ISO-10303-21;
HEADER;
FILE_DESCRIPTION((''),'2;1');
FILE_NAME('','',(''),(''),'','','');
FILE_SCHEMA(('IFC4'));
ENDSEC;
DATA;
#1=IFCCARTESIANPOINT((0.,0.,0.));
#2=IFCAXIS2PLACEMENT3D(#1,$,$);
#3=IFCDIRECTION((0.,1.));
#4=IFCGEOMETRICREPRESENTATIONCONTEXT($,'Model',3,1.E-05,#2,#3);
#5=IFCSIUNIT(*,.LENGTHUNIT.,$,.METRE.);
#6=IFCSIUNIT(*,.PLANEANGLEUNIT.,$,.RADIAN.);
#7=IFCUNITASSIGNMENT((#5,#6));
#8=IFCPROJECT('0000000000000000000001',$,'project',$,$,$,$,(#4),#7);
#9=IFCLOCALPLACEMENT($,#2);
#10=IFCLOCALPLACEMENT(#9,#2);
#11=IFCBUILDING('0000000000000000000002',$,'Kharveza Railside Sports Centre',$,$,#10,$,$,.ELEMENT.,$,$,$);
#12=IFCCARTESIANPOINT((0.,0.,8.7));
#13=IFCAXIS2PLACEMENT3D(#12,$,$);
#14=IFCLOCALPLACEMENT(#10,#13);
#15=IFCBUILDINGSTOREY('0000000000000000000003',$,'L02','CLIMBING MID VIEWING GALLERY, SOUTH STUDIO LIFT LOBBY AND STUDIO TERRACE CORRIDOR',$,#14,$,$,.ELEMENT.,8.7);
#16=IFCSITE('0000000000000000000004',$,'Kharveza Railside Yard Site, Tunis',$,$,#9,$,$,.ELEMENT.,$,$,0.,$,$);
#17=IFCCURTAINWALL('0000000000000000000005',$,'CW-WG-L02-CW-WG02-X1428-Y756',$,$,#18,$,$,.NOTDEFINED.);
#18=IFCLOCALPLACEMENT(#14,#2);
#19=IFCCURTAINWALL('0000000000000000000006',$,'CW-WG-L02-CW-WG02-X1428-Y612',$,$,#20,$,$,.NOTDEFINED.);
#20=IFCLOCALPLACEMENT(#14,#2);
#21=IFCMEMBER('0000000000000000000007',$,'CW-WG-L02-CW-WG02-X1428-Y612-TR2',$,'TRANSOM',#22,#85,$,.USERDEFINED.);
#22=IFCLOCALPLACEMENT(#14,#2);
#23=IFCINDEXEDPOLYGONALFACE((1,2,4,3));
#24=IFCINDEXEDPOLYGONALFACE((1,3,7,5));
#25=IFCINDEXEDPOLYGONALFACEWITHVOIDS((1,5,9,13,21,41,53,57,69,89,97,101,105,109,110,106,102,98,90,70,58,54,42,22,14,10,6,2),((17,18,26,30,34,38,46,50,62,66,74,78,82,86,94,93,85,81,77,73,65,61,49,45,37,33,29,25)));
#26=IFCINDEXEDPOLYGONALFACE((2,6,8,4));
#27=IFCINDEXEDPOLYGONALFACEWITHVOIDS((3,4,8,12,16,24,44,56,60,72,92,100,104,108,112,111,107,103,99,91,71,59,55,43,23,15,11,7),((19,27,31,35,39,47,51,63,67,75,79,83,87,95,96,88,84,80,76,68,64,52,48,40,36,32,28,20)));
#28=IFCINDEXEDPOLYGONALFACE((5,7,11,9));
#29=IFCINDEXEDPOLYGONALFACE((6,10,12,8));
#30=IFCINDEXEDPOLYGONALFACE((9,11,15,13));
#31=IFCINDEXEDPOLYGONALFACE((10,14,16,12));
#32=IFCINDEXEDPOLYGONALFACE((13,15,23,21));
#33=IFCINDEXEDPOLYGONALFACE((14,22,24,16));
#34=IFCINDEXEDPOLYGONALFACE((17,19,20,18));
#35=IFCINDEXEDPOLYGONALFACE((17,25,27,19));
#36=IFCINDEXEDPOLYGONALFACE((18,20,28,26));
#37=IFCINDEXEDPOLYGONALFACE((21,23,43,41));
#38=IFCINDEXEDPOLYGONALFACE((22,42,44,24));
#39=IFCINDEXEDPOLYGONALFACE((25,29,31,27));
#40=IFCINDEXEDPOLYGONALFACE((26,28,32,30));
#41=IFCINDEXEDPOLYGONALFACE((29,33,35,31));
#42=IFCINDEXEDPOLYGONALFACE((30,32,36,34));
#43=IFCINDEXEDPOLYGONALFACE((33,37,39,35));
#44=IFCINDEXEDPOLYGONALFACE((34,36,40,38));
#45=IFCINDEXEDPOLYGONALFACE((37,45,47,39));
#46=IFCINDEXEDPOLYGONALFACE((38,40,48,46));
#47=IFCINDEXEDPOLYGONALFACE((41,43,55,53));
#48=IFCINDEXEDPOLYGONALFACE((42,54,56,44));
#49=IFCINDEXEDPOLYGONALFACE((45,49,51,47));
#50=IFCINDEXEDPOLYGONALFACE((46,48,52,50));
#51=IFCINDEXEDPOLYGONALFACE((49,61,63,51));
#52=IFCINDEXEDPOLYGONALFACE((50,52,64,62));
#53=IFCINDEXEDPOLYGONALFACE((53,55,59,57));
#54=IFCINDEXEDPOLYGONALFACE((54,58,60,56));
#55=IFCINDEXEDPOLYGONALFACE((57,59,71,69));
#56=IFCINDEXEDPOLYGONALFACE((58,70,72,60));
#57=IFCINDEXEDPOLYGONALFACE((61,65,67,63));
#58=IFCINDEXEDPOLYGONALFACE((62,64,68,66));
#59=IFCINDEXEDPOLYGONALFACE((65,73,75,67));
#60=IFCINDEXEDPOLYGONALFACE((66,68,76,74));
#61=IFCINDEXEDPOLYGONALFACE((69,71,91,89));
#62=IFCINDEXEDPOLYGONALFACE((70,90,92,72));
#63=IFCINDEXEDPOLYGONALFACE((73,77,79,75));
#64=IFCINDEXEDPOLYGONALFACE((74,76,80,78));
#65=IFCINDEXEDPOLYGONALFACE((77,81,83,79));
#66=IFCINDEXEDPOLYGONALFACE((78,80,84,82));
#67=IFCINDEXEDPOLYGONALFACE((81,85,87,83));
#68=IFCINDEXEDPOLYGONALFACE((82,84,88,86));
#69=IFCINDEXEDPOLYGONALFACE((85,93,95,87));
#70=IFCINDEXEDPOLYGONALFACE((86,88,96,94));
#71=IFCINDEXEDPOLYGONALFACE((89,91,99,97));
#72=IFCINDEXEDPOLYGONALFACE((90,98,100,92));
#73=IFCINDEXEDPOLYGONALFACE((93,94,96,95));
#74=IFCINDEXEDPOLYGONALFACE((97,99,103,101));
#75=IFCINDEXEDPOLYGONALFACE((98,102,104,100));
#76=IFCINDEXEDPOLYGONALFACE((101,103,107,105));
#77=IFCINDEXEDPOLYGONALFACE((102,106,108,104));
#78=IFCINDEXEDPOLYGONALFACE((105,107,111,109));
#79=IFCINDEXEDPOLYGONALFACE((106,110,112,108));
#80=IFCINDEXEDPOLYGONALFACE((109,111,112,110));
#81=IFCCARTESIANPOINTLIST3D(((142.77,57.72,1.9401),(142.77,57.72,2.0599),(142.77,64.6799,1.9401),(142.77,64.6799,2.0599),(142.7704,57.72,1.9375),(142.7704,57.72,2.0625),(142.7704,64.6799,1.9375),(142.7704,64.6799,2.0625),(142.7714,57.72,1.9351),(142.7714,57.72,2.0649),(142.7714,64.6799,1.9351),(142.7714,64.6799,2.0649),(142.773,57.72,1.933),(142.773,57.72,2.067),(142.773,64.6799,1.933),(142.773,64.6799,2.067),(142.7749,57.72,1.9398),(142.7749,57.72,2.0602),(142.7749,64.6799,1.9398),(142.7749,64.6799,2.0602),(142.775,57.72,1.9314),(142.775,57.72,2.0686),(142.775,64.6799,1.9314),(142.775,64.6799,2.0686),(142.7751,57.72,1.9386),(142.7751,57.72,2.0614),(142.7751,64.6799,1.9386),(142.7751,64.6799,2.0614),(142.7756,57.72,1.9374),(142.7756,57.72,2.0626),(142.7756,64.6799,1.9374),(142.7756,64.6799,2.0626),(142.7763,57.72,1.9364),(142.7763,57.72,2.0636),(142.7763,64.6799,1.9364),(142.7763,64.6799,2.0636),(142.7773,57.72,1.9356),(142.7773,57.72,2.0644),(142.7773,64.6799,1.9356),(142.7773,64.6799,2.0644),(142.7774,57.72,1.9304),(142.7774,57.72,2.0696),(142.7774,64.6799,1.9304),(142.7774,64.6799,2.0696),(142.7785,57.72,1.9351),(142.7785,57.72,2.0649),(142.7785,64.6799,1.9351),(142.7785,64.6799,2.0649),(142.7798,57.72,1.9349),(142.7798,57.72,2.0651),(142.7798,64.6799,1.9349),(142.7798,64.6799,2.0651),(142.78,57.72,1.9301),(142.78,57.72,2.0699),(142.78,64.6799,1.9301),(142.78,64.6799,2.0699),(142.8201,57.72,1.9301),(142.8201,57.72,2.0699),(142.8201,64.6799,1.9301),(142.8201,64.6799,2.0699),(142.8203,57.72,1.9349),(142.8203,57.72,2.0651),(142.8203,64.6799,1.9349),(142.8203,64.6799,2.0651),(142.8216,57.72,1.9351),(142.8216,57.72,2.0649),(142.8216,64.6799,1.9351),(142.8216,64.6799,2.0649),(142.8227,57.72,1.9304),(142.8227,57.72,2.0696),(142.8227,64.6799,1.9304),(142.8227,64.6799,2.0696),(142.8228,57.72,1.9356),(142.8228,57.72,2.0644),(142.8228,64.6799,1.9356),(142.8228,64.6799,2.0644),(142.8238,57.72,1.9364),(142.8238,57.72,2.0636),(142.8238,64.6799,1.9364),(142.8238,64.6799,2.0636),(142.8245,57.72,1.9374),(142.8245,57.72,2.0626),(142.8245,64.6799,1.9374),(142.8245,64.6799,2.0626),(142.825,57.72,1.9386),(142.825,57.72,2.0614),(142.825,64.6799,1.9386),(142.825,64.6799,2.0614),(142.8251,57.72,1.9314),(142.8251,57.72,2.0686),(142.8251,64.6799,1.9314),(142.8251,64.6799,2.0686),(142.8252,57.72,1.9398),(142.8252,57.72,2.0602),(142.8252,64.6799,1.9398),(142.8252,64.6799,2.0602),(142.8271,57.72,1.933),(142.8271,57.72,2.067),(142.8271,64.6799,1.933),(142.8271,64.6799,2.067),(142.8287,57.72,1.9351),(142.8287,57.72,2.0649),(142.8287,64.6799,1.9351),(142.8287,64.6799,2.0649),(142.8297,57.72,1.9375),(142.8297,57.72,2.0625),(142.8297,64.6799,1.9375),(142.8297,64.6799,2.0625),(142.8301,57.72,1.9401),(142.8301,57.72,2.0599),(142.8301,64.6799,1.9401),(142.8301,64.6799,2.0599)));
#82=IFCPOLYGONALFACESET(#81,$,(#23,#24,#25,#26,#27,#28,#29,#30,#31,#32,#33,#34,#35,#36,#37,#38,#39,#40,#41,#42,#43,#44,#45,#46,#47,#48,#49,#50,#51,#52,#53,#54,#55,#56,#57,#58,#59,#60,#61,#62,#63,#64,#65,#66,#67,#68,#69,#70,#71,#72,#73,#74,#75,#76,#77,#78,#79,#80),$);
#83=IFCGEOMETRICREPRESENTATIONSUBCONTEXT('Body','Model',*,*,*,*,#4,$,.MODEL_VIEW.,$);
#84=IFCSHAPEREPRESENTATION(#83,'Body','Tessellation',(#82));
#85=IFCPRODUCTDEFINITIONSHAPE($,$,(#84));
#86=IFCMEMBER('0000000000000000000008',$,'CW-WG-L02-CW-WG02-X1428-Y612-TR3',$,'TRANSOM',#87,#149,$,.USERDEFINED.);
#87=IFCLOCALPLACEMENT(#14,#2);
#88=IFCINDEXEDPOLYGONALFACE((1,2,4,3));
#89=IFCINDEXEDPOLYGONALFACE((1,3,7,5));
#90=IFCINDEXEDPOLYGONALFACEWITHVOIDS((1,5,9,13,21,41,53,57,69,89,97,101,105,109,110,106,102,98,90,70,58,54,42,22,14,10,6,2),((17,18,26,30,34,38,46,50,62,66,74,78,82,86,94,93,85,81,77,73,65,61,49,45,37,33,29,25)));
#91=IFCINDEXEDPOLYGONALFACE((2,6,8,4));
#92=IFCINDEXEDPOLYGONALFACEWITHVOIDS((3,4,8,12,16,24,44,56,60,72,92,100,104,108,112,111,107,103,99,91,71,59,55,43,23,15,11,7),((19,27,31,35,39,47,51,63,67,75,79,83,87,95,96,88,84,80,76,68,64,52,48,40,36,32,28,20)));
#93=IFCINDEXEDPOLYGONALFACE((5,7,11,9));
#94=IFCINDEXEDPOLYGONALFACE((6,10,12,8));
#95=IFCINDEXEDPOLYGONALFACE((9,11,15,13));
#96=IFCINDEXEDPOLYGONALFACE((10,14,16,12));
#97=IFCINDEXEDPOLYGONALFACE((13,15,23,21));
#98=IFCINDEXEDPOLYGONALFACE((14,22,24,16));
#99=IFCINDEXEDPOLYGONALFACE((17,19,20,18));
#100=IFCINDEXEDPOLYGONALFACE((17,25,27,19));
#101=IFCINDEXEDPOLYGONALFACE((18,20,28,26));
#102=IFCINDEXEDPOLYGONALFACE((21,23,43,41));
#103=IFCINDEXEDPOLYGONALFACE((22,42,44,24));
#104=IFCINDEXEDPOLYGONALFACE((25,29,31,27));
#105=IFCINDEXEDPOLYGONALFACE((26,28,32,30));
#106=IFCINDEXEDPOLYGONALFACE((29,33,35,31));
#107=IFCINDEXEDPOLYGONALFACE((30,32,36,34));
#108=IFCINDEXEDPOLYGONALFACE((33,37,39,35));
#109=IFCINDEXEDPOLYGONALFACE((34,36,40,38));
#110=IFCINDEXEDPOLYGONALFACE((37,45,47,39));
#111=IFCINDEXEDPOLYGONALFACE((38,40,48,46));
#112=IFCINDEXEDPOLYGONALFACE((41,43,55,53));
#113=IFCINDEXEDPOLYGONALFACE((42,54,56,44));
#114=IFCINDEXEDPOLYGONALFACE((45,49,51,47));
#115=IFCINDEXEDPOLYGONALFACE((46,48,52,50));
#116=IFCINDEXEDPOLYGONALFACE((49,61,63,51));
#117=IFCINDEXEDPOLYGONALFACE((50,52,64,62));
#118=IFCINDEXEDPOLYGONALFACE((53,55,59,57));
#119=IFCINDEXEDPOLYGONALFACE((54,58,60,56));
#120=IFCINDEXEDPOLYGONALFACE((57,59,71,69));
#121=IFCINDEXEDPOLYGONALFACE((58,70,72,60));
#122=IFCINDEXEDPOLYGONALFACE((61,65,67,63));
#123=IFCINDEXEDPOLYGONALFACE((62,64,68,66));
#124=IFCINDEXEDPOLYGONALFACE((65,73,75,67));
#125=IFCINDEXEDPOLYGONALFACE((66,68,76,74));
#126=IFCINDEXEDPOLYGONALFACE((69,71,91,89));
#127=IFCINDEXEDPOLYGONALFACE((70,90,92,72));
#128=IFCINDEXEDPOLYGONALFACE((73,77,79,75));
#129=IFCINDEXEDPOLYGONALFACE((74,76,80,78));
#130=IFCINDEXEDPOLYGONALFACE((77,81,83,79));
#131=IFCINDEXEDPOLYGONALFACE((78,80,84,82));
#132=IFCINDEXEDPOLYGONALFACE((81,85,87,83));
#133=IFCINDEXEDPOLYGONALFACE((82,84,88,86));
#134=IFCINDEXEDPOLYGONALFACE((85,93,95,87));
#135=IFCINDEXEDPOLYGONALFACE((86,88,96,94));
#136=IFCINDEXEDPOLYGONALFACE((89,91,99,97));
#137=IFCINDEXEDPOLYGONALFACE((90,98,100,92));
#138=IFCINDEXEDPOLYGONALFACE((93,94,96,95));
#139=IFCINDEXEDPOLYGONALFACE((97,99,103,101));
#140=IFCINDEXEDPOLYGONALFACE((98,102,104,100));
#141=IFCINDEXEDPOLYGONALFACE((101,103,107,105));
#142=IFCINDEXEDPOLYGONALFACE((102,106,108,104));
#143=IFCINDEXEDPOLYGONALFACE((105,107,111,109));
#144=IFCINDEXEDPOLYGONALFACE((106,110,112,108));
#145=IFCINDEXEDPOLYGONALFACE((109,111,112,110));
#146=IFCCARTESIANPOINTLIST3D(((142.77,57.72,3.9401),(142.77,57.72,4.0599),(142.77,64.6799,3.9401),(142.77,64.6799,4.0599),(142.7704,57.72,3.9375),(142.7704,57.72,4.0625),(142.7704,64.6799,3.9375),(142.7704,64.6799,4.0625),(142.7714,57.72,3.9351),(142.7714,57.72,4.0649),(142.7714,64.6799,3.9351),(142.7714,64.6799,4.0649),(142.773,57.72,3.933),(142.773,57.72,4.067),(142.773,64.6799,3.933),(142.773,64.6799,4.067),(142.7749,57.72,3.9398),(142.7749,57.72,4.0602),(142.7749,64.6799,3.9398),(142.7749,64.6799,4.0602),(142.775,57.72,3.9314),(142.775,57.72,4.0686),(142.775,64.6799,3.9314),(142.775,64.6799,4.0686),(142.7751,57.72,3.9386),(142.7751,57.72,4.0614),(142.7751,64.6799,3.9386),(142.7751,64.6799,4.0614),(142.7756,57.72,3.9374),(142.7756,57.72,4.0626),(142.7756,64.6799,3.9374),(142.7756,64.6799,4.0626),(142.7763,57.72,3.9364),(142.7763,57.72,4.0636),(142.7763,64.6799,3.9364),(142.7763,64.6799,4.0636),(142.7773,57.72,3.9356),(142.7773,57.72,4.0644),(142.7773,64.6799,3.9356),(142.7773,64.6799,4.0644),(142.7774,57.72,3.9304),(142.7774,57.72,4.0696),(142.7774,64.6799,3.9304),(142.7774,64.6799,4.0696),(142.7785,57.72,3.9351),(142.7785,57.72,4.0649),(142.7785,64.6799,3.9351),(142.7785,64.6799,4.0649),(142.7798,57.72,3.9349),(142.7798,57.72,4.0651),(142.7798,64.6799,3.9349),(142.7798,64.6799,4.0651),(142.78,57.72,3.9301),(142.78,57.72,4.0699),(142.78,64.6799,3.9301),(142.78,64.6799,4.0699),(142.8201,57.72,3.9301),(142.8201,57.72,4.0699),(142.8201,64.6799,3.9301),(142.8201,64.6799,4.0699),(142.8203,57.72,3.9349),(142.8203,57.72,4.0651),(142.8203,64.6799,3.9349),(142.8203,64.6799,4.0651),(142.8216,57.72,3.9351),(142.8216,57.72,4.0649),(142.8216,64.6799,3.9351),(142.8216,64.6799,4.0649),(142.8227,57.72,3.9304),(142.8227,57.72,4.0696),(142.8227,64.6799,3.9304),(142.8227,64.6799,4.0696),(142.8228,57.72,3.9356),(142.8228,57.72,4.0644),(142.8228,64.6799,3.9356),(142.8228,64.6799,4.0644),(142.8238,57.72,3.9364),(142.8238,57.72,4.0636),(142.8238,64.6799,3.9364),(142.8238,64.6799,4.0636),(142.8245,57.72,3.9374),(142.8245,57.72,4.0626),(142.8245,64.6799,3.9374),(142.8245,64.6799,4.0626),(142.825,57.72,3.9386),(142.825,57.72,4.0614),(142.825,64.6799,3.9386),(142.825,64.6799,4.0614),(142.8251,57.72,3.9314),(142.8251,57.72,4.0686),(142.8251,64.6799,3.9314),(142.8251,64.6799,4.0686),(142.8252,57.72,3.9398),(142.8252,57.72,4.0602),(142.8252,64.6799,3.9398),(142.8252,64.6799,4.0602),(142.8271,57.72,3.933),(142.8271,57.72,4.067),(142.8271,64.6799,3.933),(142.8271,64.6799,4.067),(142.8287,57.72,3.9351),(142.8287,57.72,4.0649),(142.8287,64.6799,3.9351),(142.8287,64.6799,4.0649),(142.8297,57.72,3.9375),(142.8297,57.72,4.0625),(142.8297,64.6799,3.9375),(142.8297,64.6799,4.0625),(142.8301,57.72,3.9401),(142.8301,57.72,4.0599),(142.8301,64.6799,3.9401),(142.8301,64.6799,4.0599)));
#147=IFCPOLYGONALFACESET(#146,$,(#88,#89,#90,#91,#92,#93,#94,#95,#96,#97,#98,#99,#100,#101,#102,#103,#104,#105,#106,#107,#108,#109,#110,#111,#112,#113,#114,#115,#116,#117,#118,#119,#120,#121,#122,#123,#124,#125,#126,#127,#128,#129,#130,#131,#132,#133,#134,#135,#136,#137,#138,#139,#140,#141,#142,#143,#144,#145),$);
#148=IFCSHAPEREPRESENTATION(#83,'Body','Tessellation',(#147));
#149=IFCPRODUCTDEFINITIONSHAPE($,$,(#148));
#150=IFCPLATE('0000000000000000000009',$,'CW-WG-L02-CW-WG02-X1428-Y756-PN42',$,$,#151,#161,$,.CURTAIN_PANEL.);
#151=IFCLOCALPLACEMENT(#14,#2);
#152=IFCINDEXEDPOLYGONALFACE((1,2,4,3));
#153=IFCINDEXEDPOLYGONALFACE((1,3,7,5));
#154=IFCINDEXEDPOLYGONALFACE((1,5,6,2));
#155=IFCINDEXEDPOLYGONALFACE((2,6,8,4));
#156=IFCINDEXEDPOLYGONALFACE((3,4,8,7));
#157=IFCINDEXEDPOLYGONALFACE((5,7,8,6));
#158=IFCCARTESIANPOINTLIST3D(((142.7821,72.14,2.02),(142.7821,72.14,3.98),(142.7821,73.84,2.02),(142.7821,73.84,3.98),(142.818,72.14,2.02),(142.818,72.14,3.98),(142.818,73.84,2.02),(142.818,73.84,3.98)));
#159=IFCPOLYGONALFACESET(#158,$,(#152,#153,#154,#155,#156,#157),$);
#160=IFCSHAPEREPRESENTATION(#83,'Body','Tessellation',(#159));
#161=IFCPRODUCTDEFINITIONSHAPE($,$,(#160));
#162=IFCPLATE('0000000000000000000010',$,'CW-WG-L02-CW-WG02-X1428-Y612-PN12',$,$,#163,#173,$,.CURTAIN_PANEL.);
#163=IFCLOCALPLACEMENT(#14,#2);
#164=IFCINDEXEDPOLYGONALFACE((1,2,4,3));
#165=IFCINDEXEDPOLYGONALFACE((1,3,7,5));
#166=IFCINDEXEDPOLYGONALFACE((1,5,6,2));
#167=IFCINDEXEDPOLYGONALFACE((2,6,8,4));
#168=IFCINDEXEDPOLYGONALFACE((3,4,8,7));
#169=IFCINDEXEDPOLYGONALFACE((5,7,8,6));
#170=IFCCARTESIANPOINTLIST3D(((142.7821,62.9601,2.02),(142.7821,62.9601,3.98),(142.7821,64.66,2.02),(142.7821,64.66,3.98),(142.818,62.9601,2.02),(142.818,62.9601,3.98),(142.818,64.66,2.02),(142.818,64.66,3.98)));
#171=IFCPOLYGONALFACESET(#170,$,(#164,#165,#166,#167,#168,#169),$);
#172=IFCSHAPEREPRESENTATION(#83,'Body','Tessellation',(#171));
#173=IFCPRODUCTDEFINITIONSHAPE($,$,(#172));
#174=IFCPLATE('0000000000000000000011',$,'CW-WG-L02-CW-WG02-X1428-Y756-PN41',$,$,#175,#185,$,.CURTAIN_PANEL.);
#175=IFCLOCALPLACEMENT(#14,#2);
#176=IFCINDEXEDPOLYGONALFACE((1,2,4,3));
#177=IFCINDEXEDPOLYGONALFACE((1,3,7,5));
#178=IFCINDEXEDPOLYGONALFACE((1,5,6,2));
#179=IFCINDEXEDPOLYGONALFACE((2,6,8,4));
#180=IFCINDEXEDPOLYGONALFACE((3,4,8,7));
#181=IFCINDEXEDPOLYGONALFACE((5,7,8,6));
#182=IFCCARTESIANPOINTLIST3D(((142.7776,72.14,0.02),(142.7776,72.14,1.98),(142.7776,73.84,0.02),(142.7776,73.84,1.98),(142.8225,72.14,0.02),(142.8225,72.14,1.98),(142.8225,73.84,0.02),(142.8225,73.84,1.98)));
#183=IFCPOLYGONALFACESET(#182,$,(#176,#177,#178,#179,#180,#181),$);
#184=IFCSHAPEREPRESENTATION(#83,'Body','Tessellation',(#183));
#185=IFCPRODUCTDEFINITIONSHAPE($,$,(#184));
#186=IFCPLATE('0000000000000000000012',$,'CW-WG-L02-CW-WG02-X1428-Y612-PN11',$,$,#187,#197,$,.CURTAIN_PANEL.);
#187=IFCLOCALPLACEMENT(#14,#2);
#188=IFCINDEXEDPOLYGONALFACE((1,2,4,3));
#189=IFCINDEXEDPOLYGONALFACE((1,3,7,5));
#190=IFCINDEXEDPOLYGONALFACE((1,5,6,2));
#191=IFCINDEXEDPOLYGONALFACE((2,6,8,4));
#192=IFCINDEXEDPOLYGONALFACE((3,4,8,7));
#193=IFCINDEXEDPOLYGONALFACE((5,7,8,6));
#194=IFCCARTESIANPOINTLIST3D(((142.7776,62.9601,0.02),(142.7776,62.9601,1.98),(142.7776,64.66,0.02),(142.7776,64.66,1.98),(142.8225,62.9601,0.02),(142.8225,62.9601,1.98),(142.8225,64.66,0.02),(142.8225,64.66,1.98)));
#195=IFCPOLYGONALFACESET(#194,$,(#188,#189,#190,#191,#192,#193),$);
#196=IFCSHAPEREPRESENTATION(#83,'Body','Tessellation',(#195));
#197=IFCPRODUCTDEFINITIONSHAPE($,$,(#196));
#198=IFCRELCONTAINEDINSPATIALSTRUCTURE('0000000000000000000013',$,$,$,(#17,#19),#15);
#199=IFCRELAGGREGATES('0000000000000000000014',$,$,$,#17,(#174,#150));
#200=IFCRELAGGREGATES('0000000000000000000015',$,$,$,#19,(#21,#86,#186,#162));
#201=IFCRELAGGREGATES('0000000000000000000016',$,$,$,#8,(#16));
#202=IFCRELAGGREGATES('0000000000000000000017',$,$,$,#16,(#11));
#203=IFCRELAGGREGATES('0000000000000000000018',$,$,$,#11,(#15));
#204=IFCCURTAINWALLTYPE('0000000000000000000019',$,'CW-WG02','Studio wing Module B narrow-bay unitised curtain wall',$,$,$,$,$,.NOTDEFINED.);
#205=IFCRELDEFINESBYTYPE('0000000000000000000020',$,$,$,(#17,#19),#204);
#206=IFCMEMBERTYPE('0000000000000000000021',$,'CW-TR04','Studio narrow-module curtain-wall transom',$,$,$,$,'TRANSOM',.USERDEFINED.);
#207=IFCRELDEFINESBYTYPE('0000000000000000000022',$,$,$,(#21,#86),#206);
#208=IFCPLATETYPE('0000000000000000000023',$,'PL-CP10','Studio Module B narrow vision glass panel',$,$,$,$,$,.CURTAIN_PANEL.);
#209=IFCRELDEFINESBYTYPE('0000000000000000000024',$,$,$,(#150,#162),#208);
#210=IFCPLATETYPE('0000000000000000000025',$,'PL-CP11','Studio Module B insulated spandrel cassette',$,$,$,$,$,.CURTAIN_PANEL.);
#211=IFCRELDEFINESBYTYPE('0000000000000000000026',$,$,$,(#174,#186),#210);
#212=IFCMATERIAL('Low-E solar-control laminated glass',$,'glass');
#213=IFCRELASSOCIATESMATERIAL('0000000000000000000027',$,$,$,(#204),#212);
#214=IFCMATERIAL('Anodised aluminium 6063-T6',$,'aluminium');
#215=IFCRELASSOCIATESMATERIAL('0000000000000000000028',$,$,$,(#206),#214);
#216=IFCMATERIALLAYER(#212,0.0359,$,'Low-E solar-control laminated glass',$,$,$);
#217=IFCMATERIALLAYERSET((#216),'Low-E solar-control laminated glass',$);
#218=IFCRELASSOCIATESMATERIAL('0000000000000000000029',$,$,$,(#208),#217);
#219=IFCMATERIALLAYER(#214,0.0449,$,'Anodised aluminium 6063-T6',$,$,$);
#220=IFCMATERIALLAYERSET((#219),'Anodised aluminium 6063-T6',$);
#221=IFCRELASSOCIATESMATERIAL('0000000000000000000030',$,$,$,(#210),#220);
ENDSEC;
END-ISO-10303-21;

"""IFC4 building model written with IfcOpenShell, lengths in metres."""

from ifc_helpers import new_model, si_unit, direction, frame, origin, origin_2d, place, context, subcontext, project, spatial, rectangle, hollow_rectangle, extrude, material, layer, layer_set, material_profile, profile_set, type_object, element, aggregate, save


model = new_model("IFC4")

# Units and contexts
model_context = context("Model", 3, precision=1e-05, world=origin(), true_north=direction((0.0, 1.0)))
body_context = subcontext(model_context, "Body", "Model", "MODEL_VIEW")
ifc_project = project(units=[si_unit("LENGTHUNIT", "METRE"), si_unit("PLANEANGLEUNIT", "RADIAN")], contexts=[model_context])

# Site, building, storey
site_placement = place(None, origin())
site = spatial("IfcSite", under=ifc_project, at=site_placement, Name="Kharveza Railside Yard Site, Tunis", CompositionType="ELEMENT", RefElevation=0.0)
building_placement = place(site_placement, origin())
building = spatial("IfcBuilding", under=site, at=building_placement, Name="Kharveza Railside Sports Centre", CompositionType="ELEMENT")
storey_placement = place(building_placement, frame((0.0, 0.0, 8.7)))
storey = spatial("IfcBuildingStorey", under=building, at=storey_placement, Name="L02", Description="CLIMBING MID VIEWING GALLERY, SOUTH STUDIO LIFT LOBBY AND STUDIO TERRACE CORRIDOR", CompositionType="ELEMENT", Elevation=8.7)

# Curtain wall
ifc_material_1 = material(Name="Low-E solar-control laminated glass", Category="glass")
curtain_wall_type = type_object("IfcCurtainWallType", Name="CW-WG02", Description="Studio wing Module B narrow-bay unitised curtain wall", PredefinedType="NOTDEFINED", material=ifc_material_1)
curtain_wall_1_placement = place(storey_placement, origin())
curtain_wall_1 = element("IfcCurtainWall", 1, at=curtain_wall_1_placement, inside=storey, type_object=curtain_wall_type, Name="CW-WG-L02-CW-WG02-X1428-Y756", PredefinedType="NOTDEFINED")
ifc_material_2 = material(Name="Anodised aluminium 6063-T6", Category="aluminium")

# Curtain wall, members
curtain_wall_2_placement = place(storey_placement, origin())
curtain_wall_2 = element("IfcCurtainWall", 2, at=curtain_wall_2_placement, inside=storey, type_object=curtain_wall_type, Name="CW-WG-L02-CW-WG02-X1428-Y612", PredefinedType="NOTDEFINED")
ifc_material_profile_1 = material_profile(ifc_material_2, hollow_rectangle(XDim=0.0601, YDim=0.1399, WallThickness=0.0049, InnerFilletRadius=0.0049, OuterFilletRadius=0.01, at=origin_2d()), Name="RHS 60x140x5.0")
ifc_profile_set_1 = profile_set([ifc_material_profile_1], Name="Anodised aluminium 6063-T6")
member_type_1 = type_object("IfcMemberType", Name="CW-TR04", Description="Studio narrow-module curtain-wall transom", ElementType="TRANSOM", PredefinedType="USERDEFINED", material=ifc_profile_set_1)
member_1_placement = place(storey_placement, frame((142.8, 64.6799, 2.0), z_axis=(0.0, -1.0, 0.0), x_axis=(1.0, 0.0, 0.0)))
member_1 = element("IfcMember", 3, at=member_1_placement, type_object=member_type_1, Name="CW-WG-L02-CW-WG02-X1428-Y612-TR2", ObjectType="TRANSOM", PredefinedType="USERDEFINED", context=body_context, shape_type="SweptSolid", body=[
    extrude(hollow_rectangle(XDim=0.0601, YDim=0.1399, WallThickness=0.0049, InnerFilletRadius=0.0049, OuterFilletRadius=0.01, at=origin_2d()), origin(), (0.0, 0.0, 1.0), 6.96),
])
member_2_placement = place(storey_placement, frame((142.8, 64.6799, 4.0), z_axis=(0.0, -1.0, 0.0), x_axis=(1.0, 0.0, 0.0)))
member_2 = element("IfcMember", 4, at=member_2_placement, type_object=member_type_1, Name="CW-WG-L02-CW-WG02-X1428-Y612-TR3", ObjectType="TRANSOM", PredefinedType="USERDEFINED", context=body_context, shape_type="SweptSolid", body=[
    extrude(hollow_rectangle(XDim=0.0601, YDim=0.1399, WallThickness=0.0049, InnerFilletRadius=0.0049, OuterFilletRadius=0.01, at=origin_2d()), origin(), (0.0, 0.0, 1.0), 6.96),
])

# Plates
ifc_layer_1 = layer(ifc_material_1, 0.0359, Name="Low-E solar-control laminated glass")
ifc_layer_set_1 = layer_set([ifc_layer_1], Name="Low-E solar-control laminated glass")
plate_type_1 = type_object("IfcPlateType", Name="PL-CP10", Description="Studio Module B narrow vision glass panel", PredefinedType="CURTAIN_PANEL", material=ifc_layer_set_1)
plate_1_placement = place(storey_placement, frame((142.8, 72.99, 2.02), z_axis=(0.0, 0.0, 1.0), x_axis=(0.0, -1.0, 0.0)))
plate_1 = element("IfcPlate", 5, at=plate_1_placement, type_object=plate_type_1, Name="CW-WG-L02-CW-WG02-X1428-Y756-PN42", PredefinedType="CURTAIN_PANEL", context=body_context, shape_type="SweptSolid", body=[
    extrude(rectangle(XDim=1.7, YDim=0.0359, at=origin_2d()), origin(), (0.0, 0.0, 1.0), 1.96),
])
plate_2_placement = place(storey_placement, frame((142.8, 63.8101, 2.02), z_axis=(0.0, 0.0, 1.0), x_axis=(0.0, -1.0, 0.0)))
plate_2 = element("IfcPlate", 6, at=plate_2_placement, type_object=plate_type_1, Name="CW-WG-L02-CW-WG02-X1428-Y612-PN12", PredefinedType="CURTAIN_PANEL", context=body_context, shape_type="SweptSolid", body=[
    extrude(rectangle(XDim=1.7, YDim=0.0359, at=origin_2d()), origin(), (0.0, 0.0, 1.0), 1.96),
])
ifc_layer_2 = layer(ifc_material_2, 0.0449, Name="Anodised aluminium 6063-T6")
ifc_layer_set_2 = layer_set([ifc_layer_2], Name="Anodised aluminium 6063-T6")
plate_type_2 = type_object("IfcPlateType", Name="PL-CP11", Description="Studio Module B insulated spandrel cassette", PredefinedType="CURTAIN_PANEL", material=ifc_layer_set_2)
plate_3_placement = place(storey_placement, frame((142.8, 72.99, 0.02), z_axis=(0.0, 0.0, 1.0), x_axis=(0.0, -1.0, 0.0)))
plate_3 = element("IfcPlate", 7, at=plate_3_placement, type_object=plate_type_2, Name="CW-WG-L02-CW-WG02-X1428-Y756-PN41", PredefinedType="CURTAIN_PANEL", context=body_context, shape_type="SweptSolid", body=[
    extrude(rectangle(XDim=1.7, YDim=0.0449, at=origin_2d()), origin(), (0.0, 0.0, 1.0), 1.96),
])
aggregate(curtain_wall_1, [plate_3, plate_1])
plate_4_placement = place(storey_placement, frame((142.8, 63.8101, 0.02), z_axis=(0.0, 0.0, 1.0), x_axis=(0.0, -1.0, 0.0)))
plate_4 = element("IfcPlate", 8, at=plate_4_placement, type_object=plate_type_2, Name="CW-WG-L02-CW-WG02-X1428-Y612-PN11", PredefinedType="CURTAIN_PANEL", context=body_context, shape_type="SweptSolid", body=[
    extrude(rectangle(XDim=1.7, YDim=0.0449, at=origin_2d()), origin(), (0.0, 0.0, 1.0), 1.96),
])
aggregate(curtain_wall_2, [member_1, member_2, plate_4, plate_2])

save(model, "model.ifc")
